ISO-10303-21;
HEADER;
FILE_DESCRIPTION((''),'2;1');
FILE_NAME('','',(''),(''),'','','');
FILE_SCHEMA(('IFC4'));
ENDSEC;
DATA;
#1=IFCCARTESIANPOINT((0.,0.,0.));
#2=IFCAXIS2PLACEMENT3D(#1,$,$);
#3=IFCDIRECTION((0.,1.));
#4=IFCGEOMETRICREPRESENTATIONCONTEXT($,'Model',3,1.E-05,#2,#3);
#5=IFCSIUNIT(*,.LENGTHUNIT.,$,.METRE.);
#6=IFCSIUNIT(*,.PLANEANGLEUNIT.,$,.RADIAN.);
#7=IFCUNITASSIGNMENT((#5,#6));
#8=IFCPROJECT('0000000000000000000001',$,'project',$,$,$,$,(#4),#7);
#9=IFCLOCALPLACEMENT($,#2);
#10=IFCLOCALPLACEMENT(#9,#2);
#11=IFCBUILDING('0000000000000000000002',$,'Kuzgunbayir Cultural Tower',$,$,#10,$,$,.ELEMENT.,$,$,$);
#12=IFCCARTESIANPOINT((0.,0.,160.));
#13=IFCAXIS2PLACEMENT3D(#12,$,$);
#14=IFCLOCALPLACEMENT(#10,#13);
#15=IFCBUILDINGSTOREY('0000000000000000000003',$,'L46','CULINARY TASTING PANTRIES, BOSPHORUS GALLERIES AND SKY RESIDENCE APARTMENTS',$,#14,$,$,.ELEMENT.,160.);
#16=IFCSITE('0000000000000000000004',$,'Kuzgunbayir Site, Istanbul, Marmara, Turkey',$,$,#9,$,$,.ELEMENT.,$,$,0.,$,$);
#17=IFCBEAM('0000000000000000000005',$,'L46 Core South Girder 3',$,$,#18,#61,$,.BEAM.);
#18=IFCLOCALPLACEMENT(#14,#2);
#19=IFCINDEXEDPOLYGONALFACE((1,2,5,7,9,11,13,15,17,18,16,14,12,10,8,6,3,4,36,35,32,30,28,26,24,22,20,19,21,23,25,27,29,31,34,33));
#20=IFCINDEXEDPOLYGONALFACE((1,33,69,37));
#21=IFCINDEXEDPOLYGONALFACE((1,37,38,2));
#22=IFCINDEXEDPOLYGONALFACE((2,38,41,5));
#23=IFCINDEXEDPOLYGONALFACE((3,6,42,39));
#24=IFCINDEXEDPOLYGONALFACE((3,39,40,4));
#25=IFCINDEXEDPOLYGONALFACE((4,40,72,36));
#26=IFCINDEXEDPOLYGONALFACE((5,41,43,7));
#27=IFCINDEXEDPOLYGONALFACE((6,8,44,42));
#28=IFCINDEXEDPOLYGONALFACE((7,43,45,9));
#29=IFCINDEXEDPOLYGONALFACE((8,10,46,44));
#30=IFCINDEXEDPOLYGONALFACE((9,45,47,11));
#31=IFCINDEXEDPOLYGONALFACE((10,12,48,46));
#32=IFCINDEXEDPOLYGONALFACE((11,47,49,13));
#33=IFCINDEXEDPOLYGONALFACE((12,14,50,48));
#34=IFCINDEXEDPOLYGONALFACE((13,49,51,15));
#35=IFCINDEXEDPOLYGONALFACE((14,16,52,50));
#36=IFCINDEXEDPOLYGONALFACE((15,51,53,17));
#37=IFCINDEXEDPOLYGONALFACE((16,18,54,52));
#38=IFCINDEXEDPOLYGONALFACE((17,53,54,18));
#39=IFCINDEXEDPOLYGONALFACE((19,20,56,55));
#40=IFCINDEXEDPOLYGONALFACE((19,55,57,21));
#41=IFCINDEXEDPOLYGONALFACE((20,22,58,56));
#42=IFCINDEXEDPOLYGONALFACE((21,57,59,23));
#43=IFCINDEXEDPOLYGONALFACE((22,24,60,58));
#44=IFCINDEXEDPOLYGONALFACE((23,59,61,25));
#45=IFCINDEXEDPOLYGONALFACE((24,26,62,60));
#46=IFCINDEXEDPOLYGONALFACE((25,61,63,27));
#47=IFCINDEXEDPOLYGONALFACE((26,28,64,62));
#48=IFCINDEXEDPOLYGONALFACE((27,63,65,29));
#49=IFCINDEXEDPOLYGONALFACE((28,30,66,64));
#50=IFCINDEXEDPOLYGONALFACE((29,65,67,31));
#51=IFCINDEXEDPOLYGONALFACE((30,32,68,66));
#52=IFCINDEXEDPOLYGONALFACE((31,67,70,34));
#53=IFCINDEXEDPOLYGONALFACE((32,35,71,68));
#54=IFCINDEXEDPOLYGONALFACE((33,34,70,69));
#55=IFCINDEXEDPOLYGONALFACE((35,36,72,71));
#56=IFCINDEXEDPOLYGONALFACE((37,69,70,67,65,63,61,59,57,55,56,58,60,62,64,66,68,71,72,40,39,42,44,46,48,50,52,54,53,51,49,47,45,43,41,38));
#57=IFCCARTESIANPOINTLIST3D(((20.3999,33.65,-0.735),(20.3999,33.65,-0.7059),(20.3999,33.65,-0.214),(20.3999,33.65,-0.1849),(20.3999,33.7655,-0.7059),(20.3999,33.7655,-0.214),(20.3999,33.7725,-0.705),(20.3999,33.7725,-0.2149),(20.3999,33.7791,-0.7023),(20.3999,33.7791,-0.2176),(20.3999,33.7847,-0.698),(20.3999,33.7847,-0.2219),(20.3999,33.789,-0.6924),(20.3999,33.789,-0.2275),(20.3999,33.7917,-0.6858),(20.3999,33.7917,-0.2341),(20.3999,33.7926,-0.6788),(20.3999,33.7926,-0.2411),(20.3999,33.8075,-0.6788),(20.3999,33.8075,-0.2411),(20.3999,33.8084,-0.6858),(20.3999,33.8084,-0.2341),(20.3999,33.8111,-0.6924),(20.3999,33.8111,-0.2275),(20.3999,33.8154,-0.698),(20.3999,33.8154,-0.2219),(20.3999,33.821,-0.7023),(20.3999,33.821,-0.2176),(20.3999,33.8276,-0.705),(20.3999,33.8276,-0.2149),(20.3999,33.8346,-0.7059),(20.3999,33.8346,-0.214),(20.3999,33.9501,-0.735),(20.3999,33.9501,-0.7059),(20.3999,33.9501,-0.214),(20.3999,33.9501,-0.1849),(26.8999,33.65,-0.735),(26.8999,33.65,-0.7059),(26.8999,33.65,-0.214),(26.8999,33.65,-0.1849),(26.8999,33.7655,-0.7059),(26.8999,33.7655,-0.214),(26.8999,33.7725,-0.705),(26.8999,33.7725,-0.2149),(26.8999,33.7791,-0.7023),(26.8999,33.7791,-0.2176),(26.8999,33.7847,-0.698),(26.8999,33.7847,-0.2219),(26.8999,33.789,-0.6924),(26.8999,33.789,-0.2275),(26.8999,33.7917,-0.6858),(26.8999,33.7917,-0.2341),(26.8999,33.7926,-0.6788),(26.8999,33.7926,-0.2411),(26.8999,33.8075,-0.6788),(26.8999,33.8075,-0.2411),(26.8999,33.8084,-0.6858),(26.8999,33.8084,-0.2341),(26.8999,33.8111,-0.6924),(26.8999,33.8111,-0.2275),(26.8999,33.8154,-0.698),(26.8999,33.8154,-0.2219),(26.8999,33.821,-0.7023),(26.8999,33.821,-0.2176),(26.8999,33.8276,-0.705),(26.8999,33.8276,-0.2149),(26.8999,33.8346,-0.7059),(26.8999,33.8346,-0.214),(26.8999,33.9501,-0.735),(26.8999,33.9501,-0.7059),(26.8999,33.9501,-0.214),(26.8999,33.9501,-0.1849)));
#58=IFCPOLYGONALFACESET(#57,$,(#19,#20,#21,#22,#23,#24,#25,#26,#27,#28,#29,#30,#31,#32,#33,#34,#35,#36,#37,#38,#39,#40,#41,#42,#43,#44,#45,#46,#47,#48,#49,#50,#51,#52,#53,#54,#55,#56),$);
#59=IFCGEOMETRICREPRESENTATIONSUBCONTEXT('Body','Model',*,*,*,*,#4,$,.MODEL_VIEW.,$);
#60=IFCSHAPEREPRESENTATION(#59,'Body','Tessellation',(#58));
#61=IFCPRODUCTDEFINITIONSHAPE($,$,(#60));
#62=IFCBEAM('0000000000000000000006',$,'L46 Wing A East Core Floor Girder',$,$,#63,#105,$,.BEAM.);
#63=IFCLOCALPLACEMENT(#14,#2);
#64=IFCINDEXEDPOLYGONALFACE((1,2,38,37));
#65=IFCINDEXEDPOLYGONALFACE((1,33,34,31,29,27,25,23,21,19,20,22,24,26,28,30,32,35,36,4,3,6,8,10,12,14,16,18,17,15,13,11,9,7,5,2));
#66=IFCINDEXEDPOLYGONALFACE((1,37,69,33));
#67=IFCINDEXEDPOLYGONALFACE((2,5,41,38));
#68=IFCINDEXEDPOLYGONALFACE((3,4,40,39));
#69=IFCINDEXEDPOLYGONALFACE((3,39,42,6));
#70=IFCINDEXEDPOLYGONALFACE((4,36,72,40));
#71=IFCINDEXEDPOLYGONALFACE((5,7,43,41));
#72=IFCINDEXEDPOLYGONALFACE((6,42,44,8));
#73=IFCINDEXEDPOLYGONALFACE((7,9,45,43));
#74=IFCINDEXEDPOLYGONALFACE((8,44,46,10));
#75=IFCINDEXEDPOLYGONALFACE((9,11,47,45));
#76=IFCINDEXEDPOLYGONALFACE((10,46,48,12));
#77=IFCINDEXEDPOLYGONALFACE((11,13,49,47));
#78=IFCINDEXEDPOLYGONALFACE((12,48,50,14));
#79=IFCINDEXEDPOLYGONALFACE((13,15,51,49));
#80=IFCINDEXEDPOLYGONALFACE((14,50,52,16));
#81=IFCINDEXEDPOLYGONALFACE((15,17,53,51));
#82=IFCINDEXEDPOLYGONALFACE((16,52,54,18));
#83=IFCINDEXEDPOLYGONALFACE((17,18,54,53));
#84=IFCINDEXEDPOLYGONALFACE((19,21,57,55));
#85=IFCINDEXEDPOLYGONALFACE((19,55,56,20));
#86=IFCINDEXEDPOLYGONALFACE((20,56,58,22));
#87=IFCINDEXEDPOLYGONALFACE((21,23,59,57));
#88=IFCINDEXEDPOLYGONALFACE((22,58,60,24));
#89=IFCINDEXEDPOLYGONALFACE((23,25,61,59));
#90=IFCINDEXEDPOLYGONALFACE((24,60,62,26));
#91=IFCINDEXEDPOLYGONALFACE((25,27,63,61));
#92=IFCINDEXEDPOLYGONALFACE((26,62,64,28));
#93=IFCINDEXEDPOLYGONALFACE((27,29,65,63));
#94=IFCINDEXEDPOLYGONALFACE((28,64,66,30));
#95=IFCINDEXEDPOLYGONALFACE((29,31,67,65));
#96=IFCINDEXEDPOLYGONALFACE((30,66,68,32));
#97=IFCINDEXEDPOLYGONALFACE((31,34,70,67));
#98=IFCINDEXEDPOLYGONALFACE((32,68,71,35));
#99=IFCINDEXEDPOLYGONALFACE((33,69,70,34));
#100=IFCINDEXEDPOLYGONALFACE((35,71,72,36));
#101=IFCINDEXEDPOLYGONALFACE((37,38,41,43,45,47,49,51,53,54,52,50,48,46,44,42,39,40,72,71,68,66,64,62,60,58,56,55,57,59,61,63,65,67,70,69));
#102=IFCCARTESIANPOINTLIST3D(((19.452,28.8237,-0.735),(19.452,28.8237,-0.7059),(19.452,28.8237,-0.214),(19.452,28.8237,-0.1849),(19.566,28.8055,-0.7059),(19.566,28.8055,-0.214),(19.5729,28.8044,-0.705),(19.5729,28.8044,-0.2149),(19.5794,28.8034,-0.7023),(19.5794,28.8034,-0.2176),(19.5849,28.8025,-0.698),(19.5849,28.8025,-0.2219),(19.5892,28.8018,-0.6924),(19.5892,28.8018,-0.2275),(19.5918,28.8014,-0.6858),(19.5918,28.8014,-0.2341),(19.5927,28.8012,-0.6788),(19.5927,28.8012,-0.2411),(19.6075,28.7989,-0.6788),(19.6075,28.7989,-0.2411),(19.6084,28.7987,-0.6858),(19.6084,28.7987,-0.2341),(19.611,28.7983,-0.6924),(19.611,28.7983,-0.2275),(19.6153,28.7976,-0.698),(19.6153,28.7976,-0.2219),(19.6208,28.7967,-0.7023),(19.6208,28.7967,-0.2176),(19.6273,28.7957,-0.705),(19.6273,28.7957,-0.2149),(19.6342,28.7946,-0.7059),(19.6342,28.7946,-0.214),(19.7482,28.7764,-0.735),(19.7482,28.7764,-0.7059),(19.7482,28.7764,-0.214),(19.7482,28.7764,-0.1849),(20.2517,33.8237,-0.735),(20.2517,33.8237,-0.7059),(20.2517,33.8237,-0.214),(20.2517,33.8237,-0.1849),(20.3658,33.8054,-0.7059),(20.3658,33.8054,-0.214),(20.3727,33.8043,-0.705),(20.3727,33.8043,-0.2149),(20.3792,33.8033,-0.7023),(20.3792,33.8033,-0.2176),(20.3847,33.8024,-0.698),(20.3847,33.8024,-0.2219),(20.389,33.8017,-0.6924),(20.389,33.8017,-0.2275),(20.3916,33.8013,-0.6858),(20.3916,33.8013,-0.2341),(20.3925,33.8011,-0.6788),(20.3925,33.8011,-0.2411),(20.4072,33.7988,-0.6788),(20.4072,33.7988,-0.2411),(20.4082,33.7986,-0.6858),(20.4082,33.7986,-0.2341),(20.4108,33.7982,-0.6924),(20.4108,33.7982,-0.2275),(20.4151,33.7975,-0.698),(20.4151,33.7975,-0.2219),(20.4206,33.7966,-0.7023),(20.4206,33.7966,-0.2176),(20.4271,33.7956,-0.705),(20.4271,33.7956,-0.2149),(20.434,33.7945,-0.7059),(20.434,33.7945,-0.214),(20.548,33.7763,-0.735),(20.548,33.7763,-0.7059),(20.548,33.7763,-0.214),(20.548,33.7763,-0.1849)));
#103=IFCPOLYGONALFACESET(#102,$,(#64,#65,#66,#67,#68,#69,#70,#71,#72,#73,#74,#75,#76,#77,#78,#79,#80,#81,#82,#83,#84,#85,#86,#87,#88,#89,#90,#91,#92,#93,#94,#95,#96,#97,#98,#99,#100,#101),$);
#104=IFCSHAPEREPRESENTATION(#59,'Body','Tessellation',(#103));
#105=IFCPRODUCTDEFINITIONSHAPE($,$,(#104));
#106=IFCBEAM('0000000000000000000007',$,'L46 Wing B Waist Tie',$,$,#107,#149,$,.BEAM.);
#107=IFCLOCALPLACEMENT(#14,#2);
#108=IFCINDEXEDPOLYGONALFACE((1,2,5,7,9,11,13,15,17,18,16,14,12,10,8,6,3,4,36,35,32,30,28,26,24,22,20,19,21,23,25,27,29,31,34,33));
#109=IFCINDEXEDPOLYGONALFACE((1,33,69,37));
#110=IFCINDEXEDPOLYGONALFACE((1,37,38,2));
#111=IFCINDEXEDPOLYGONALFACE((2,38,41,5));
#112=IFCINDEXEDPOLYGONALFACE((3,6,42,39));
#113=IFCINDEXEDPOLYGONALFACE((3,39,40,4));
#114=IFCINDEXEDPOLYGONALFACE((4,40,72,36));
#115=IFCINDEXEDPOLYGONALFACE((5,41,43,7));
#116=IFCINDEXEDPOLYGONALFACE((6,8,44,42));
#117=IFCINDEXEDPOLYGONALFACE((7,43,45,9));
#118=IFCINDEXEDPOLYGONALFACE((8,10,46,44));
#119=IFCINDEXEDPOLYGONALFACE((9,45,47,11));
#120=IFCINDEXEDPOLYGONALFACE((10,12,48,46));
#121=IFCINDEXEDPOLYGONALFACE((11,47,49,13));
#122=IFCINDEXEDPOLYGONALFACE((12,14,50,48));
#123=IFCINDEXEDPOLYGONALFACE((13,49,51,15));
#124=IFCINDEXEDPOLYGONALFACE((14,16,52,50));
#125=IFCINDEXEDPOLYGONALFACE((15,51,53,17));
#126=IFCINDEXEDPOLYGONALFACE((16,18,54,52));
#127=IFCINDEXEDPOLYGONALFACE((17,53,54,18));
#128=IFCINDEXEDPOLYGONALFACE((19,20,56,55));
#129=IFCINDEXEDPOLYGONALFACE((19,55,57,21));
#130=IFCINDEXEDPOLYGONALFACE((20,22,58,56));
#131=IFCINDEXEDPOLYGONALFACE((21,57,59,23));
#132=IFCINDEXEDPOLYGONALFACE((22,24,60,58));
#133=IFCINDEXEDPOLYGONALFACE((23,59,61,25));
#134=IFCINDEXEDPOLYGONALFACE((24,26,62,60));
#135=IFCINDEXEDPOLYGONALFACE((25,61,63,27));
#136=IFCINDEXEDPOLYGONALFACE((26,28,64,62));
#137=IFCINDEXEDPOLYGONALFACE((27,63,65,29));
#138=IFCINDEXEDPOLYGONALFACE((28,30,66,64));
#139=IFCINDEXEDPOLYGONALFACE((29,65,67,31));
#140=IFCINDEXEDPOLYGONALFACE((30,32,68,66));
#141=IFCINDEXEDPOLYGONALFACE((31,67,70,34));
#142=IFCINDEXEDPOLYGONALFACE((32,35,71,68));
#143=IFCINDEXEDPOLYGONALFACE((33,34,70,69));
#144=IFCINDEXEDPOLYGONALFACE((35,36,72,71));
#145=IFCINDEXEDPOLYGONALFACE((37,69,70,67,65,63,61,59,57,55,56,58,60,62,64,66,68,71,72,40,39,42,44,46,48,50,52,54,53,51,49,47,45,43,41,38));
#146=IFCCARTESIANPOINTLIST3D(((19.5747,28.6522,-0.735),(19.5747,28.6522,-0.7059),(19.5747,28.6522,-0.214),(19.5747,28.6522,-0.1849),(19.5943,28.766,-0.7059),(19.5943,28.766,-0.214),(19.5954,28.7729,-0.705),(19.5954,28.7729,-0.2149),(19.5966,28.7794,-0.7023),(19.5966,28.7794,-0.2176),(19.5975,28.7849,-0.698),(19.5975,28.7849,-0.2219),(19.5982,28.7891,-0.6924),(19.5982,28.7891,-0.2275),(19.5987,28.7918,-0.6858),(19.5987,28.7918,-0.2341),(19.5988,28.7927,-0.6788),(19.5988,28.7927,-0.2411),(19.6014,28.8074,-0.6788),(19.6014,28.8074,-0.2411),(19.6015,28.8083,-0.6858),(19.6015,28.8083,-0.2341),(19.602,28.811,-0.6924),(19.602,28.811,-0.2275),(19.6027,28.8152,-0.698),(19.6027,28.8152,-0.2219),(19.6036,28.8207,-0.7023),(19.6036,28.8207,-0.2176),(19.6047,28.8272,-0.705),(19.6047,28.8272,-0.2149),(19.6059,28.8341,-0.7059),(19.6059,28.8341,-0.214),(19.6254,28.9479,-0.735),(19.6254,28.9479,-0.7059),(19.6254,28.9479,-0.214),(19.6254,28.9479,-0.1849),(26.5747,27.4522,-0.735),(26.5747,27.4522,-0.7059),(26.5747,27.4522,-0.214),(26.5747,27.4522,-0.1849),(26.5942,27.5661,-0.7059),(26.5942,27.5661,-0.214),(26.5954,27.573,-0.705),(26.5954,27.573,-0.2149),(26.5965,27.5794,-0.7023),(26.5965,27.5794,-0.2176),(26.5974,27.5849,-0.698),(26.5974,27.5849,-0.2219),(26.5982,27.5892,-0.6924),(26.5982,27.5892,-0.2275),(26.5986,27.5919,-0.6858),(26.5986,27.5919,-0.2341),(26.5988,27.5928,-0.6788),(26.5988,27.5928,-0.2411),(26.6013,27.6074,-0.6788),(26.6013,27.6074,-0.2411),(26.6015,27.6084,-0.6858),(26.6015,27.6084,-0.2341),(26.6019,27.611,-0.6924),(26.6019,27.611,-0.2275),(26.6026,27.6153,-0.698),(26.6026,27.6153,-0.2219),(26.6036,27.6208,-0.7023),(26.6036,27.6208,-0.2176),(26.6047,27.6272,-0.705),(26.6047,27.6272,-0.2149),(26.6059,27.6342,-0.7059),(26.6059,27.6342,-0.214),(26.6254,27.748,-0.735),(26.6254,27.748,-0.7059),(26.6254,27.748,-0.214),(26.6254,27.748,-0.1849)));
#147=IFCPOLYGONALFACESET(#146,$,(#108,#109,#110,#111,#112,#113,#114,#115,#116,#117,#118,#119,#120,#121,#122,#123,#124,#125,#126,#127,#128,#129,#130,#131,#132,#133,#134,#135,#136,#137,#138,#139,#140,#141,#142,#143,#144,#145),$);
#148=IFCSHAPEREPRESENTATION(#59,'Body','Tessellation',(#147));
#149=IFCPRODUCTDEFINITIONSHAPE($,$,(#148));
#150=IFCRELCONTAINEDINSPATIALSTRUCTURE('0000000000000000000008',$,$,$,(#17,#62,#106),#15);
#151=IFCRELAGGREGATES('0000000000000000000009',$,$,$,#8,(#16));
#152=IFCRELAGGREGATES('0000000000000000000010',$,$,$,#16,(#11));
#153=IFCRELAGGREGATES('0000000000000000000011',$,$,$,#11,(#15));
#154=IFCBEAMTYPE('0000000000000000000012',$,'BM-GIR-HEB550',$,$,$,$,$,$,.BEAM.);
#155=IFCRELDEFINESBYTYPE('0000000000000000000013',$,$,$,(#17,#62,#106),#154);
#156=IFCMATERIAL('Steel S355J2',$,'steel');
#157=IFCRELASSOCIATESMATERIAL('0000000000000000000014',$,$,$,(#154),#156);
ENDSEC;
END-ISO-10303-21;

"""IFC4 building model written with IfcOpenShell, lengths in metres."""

from ifc_helpers import new_model, si_unit, direction, frame, origin, origin_2d, place, context, subcontext, project, spatial, i_section, extrude, material, material_profile, profile_set, type_object, element, save


model = new_model("IFC4")

# Units and contexts
model_context = context("Model", 3, precision=1e-05, world=origin(), true_north=direction((0.0, 1.0)))
body_context = subcontext(model_context, "Body", "Model", "MODEL_VIEW")
ifc_project = project(units=[si_unit("LENGTHUNIT", "METRE"), si_unit("PLANEANGLEUNIT", "RADIAN")], contexts=[model_context])

# Site, building, storey
site_placement = place(None, origin())
site = spatial("IfcSite", under=ifc_project, at=site_placement, Name="Kuzgunbayir Site, Istanbul, Marmara, Turkey", CompositionType="ELEMENT", RefElevation=0.0)
building_placement = place(site_placement, origin())
building = spatial("IfcBuilding", under=site, at=building_placement, Name="Kuzgunbayir Cultural Tower", CompositionType="ELEMENT")
storey_placement = place(building_placement, frame((0.0, 0.0, 160.0)))
storey = spatial("IfcBuildingStorey", under=building, at=storey_placement, Name="L46", Description="CULINARY TASTING PANTRIES, BOSPHORUS GALLERIES AND SKY RESIDENCE APARTMENTS", CompositionType="ELEMENT", Elevation=160.0)

# Beams
ifc_material_1 = material(Name="Steel S355J2", Category="steel")
ifc_material_profile_1 = material_profile(ifc_material_1, i_section(OverallWidth=0.3, OverallDepth=0.55, WebThickness=0.0149, FlangeThickness=0.0291, FilletRadius=0.0271, at=origin_2d()), Name="HEB 550")
ifc_profile_set_1 = profile_set([ifc_material_profile_1], Name="Steel S355J2")
beam_type_1 = type_object("IfcBeamType", Name="BM-GIR-HEB550", PredefinedType="BEAM", material=ifc_profile_set_1)
beam_1_placement = place(storey_placement, frame((20.3999, 33.8, -0.46), z_axis=(1.0, 0.0, 0.0), x_axis=(0.0, 1.0, 0.0)))
element("IfcBeam", 1, at=beam_1_placement, inside=storey, type_object=beam_type_1, Name="L46 Core South Girder 3", PredefinedType="BEAM", context=body_context, shape_type="SweptSolid", body=[
    extrude(i_section(OverallWidth=0.3, OverallDepth=0.55, WebThickness=0.0149, FlangeThickness=0.0291, FilletRadius=0.0271, at=origin_2d()), origin(), (0.0, 0.0, 1.0), 6.5),
])
beam_2_placement = place(storey_placement, frame((19.6001, 28.8, -0.46), z_axis=(0.157953, 0.987447, 0.0), x_axis=(-0.987447, 0.157953, 0.0)))
element("IfcBeam", 2, at=beam_2_placement, inside=storey, type_object=beam_type_1, Name="L46 Wing A East Core Floor Girder", PredefinedType="BEAM", context=body_context, shape_type="SweptSolid", body=[
    extrude(i_section(OverallWidth=0.3, OverallDepth=0.55, WebThickness=0.0149, FlangeThickness=0.0291, FilletRadius=0.0271, at=origin_2d()), origin(), (0.0, 0.0, 1.0), 5.0635),
])
beam_3_placement = place(storey_placement, frame((19.6001, 28.8, -0.46), z_axis=(0.985623, -0.168957, 0.0), x_axis=(0.168957, 0.985623, 0.0)))
element("IfcBeam", 3, at=beam_3_placement, inside=storey, type_object=beam_type_1, Name="L46 Wing B Waist Tie", PredefinedType="BEAM", context=body_context, shape_type="SweptSolid", body=[
    extrude(i_section(OverallWidth=0.3, OverallDepth=0.55, WebThickness=0.0149, FlangeThickness=0.0291, FilletRadius=0.0271, at=origin_2d()), origin(), (0.0, 0.0, 1.0), 7.1021),
])

save(model, "model.ifc")
